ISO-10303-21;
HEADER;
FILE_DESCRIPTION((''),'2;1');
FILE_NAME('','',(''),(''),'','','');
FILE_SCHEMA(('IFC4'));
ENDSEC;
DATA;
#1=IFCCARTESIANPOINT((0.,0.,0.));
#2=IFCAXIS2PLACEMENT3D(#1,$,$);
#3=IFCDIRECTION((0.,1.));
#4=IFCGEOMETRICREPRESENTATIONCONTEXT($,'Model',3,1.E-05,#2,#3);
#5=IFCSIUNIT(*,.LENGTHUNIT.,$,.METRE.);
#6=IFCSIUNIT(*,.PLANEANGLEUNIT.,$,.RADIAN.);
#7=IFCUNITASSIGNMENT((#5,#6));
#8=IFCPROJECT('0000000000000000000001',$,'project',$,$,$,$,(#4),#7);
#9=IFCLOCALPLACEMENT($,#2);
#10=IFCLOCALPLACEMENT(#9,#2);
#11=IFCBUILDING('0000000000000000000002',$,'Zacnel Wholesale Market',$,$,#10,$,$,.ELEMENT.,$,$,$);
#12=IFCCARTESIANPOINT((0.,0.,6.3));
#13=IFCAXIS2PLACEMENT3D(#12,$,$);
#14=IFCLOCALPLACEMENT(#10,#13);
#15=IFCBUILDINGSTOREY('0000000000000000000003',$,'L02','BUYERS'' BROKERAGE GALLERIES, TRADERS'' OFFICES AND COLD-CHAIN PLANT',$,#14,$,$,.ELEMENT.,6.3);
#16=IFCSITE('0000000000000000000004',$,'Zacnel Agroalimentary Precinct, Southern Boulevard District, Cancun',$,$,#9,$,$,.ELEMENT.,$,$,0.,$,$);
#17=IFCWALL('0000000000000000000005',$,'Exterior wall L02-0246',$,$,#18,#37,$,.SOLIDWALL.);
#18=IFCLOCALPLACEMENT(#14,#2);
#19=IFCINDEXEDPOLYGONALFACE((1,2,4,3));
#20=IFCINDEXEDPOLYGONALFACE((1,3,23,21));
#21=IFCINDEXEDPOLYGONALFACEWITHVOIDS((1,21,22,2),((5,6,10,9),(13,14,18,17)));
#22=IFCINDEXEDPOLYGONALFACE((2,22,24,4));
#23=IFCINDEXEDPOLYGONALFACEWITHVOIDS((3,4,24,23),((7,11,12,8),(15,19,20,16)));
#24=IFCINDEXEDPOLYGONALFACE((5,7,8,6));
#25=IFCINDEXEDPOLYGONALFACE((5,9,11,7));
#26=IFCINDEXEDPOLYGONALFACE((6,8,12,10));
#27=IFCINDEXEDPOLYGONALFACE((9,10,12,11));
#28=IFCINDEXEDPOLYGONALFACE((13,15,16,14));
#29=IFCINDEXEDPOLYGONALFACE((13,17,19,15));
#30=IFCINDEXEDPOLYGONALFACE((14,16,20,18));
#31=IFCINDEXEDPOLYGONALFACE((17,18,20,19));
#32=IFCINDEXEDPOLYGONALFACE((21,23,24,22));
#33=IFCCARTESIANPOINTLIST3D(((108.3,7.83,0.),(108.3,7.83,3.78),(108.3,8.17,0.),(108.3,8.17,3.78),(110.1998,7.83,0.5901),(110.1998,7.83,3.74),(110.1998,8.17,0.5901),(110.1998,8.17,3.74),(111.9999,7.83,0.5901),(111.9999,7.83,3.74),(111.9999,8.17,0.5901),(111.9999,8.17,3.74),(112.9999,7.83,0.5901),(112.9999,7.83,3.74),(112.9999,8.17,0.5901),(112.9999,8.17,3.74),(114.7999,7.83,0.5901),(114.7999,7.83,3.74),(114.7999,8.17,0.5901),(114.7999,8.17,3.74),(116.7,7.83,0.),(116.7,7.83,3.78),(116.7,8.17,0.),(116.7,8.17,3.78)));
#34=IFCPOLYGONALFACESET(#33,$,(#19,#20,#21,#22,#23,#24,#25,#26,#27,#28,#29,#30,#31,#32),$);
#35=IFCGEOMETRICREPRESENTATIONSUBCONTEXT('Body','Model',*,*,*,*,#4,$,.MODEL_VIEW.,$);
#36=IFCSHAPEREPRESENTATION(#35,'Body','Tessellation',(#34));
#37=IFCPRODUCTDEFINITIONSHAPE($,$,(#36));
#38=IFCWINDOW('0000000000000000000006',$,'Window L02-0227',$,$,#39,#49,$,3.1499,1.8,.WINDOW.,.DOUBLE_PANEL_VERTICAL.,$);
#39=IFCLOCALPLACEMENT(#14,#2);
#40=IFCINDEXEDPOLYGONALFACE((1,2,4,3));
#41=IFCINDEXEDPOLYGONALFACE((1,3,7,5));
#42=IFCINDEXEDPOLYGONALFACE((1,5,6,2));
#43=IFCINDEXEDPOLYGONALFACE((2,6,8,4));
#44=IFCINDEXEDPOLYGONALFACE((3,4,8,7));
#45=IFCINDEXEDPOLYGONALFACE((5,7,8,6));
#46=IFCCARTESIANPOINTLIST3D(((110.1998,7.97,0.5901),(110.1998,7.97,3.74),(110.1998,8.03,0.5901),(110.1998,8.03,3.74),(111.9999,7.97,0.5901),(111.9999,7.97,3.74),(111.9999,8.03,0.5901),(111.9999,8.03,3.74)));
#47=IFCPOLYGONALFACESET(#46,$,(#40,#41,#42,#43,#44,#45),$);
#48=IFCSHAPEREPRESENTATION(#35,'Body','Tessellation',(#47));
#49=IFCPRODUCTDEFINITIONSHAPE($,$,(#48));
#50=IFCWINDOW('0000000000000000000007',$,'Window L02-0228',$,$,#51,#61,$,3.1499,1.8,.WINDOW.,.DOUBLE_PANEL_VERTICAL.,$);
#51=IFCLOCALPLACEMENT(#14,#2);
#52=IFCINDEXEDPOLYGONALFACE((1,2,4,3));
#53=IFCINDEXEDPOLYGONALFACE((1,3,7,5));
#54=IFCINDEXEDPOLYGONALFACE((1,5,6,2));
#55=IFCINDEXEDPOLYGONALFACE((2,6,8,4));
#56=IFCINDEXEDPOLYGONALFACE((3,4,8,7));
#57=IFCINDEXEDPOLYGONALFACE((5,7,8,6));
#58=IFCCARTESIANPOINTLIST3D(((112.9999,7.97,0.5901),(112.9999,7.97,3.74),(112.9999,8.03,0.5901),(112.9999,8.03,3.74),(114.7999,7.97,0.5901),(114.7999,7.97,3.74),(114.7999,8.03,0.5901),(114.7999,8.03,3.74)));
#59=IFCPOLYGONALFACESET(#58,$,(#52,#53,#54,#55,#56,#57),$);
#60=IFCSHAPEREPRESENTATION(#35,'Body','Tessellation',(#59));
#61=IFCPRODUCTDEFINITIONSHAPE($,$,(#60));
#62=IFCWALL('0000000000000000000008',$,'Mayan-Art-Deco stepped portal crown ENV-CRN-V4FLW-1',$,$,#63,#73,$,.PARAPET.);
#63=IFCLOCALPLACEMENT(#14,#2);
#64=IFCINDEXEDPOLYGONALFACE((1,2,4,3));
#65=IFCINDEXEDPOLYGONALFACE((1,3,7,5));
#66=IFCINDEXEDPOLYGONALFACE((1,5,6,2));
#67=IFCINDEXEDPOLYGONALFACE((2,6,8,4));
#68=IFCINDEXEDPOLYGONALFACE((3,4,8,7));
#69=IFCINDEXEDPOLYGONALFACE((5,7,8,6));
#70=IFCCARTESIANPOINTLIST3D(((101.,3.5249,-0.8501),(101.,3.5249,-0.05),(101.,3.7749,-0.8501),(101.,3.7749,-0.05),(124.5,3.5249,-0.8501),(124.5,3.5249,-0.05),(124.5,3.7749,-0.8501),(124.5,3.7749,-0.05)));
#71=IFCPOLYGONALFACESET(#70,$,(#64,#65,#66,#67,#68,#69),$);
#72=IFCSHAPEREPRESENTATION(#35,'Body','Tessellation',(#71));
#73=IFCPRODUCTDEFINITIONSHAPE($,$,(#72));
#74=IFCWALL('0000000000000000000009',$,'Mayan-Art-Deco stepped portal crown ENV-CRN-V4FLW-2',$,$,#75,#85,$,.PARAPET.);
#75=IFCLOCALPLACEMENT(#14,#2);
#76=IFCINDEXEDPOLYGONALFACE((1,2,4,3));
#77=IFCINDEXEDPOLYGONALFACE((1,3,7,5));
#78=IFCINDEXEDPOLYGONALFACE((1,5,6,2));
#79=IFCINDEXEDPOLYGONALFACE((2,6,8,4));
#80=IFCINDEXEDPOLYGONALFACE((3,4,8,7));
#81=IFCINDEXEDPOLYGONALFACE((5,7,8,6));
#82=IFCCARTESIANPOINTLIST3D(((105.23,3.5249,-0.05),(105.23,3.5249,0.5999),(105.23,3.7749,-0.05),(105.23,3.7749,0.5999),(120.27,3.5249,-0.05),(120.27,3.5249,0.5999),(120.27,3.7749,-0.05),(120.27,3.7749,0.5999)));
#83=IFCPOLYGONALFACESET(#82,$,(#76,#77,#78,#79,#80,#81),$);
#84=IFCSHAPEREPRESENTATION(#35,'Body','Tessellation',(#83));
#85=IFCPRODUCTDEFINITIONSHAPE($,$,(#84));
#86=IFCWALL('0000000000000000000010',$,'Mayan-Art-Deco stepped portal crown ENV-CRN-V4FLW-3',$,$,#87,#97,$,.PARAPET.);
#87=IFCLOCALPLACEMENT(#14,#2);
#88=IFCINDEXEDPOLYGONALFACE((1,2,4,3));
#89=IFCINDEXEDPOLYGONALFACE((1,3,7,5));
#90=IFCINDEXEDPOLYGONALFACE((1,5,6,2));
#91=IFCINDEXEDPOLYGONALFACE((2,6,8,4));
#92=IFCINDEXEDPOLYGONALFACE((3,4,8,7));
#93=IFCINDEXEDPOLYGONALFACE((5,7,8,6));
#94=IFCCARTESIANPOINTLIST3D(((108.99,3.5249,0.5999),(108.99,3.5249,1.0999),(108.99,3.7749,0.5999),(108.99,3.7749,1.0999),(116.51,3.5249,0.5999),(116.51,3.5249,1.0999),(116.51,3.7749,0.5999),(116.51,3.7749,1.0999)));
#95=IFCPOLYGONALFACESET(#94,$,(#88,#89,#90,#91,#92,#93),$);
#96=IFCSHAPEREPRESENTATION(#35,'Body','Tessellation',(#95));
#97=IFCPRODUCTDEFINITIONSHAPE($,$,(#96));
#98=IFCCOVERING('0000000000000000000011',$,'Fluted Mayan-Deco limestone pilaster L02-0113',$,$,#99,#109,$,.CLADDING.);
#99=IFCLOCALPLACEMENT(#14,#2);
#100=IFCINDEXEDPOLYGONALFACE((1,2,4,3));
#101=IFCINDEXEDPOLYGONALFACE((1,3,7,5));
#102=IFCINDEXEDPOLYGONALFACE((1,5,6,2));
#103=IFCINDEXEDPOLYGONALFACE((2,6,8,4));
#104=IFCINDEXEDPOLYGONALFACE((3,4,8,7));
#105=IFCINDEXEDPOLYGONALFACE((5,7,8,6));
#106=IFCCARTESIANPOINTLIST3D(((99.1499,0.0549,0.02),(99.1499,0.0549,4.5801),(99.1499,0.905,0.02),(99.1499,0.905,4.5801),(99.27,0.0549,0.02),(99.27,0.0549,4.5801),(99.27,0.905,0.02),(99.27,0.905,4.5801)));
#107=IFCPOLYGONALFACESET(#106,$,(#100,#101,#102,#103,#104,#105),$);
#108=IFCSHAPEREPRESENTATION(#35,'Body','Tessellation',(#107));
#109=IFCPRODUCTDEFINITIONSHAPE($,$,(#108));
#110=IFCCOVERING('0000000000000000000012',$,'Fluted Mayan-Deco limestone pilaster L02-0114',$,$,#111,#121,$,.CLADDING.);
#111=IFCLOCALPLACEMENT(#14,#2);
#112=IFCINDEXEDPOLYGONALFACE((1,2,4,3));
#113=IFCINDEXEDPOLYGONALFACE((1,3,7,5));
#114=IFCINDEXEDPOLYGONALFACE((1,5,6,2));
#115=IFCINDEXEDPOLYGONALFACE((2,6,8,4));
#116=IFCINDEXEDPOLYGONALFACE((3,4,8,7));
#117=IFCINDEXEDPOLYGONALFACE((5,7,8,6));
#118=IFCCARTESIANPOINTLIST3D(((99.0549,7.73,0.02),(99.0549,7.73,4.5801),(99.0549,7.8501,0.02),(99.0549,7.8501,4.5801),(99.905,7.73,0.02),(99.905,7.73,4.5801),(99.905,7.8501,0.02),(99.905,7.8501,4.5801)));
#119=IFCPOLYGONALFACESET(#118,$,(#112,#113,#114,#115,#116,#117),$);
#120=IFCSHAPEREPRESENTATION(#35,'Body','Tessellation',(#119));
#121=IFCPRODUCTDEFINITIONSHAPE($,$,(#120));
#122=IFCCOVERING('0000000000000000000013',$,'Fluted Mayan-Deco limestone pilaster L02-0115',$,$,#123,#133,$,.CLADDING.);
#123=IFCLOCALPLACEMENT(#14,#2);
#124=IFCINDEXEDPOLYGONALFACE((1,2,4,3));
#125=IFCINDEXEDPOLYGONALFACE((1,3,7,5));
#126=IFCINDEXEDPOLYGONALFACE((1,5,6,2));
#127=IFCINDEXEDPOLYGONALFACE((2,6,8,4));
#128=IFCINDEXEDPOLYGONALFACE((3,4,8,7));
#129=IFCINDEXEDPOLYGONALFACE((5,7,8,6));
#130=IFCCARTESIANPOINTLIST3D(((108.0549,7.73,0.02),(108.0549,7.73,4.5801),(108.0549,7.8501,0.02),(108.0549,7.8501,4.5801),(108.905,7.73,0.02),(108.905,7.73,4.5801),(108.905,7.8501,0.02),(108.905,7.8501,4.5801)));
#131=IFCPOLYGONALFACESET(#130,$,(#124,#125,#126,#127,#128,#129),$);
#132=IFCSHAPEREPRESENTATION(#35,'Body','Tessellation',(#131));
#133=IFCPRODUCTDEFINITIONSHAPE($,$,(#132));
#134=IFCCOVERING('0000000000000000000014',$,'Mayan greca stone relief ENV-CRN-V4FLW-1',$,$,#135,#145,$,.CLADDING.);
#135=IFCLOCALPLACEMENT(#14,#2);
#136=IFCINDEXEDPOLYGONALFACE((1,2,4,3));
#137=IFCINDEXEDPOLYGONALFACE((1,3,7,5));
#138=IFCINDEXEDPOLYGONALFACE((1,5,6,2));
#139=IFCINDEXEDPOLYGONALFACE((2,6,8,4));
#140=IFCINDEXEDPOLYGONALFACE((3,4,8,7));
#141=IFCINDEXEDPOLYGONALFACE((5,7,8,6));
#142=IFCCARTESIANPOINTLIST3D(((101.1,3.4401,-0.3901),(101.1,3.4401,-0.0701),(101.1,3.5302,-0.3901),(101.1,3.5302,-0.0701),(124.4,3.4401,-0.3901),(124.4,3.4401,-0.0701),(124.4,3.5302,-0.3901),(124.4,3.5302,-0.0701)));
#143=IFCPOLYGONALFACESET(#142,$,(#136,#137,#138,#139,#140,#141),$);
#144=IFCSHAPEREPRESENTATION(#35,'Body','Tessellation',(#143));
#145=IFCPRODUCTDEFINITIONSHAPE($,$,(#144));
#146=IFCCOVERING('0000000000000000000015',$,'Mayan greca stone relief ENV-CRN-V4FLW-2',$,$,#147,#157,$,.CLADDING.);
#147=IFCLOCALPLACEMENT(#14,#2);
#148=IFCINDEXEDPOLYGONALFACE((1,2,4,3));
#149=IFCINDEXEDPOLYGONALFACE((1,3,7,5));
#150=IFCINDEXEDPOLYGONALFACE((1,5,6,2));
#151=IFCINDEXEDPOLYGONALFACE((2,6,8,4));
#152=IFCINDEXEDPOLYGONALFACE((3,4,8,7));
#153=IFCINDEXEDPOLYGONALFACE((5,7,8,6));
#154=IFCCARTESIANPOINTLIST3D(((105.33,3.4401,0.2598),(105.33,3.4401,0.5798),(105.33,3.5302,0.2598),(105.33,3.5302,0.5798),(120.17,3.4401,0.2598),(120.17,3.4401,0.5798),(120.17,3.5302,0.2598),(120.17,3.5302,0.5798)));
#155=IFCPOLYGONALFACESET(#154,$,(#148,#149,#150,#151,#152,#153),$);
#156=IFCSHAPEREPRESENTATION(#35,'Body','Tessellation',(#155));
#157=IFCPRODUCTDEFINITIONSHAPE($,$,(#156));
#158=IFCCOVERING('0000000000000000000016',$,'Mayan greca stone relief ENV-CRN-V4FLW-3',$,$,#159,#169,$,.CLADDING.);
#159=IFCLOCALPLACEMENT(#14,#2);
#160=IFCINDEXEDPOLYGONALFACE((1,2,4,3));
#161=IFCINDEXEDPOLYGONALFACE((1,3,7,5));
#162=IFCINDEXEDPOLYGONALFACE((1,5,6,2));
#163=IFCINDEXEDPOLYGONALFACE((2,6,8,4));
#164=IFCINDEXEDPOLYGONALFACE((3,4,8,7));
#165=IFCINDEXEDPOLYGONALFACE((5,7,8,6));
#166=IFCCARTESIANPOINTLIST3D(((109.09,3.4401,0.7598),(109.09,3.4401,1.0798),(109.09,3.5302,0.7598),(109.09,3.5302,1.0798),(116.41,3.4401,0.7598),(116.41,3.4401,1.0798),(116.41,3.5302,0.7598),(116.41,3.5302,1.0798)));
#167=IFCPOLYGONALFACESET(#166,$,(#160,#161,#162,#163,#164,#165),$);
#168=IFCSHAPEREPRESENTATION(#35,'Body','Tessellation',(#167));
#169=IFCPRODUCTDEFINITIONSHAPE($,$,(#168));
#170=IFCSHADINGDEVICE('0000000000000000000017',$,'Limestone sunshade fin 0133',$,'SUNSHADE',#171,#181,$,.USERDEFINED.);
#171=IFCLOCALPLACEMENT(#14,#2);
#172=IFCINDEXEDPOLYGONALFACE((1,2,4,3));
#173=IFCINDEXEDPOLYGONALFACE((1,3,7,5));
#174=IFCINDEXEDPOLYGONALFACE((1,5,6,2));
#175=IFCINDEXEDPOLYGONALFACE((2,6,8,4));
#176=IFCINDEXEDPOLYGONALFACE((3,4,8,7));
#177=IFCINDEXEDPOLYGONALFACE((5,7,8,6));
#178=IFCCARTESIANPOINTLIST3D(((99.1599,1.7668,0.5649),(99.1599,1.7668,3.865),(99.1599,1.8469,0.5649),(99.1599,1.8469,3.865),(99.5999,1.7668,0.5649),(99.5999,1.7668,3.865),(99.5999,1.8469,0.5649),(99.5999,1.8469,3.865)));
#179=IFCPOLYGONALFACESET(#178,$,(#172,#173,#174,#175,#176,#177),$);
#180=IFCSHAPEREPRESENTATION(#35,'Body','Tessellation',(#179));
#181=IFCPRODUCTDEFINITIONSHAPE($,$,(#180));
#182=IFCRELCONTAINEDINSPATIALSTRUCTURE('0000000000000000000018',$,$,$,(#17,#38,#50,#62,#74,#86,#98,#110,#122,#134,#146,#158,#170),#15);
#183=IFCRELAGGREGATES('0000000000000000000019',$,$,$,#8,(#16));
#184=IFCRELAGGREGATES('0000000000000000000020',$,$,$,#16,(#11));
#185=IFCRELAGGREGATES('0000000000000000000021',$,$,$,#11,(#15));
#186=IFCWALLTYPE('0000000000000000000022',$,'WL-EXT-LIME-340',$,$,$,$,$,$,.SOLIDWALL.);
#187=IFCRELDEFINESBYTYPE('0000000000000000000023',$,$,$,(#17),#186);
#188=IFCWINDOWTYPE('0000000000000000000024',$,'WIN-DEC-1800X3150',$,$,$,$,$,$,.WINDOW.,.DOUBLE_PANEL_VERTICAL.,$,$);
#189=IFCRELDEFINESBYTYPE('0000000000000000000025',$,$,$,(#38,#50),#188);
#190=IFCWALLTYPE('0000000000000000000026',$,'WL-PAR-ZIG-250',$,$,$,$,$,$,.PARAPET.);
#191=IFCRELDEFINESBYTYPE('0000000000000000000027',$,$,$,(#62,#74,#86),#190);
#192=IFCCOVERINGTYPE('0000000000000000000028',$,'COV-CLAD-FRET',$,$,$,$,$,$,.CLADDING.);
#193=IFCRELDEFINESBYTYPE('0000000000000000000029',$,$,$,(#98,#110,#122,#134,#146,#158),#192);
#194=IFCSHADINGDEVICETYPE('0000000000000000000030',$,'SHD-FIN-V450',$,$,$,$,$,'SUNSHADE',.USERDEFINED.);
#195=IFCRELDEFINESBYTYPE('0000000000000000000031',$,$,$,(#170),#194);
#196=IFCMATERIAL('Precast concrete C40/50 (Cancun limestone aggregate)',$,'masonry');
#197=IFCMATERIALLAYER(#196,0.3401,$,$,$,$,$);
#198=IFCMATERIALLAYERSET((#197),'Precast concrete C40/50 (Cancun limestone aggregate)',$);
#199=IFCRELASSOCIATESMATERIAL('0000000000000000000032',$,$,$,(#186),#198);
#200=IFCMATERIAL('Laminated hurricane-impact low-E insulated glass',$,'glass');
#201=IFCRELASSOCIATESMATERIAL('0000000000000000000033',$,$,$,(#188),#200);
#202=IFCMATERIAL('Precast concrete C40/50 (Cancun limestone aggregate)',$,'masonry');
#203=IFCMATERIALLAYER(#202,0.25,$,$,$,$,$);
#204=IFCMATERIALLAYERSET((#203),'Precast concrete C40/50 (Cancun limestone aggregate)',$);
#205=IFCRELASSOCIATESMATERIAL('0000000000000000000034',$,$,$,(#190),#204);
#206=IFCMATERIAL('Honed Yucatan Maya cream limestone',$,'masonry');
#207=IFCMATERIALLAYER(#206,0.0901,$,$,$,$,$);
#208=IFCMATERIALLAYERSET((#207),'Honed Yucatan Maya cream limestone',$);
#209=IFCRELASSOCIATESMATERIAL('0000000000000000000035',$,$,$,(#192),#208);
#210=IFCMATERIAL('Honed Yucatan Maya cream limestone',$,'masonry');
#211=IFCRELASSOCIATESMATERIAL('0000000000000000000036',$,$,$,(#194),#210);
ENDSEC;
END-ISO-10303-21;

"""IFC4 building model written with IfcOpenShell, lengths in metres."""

from ifc_helpers import new_model, si_unit, direction, frame, frame_2d, origin, origin_2d, place, context, subcontext, project, spatial, rectangle, extrude, material, layer, layer_set, type_object, element, fill, save


model = new_model("IFC4")

# Units and contexts
model_context = context("Model", 3, precision=1e-05, world=origin(), true_north=direction((0.0, 1.0)))
body_context = subcontext(model_context, "Body", "Model", "MODEL_VIEW")
ifc_project = project(units=[si_unit("LENGTHUNIT", "METRE"), si_unit("PLANEANGLEUNIT", "RADIAN")], contexts=[model_context])

# Site, building, storey
site_placement = place(None, origin())
site = spatial("IfcSite", under=ifc_project, at=site_placement, Name="Zacnel Agroalimentary Precinct, Southern Boulevard District, Cancun", CompositionType="ELEMENT", RefElevation=0.0)
building_placement = place(site_placement, origin())
building = spatial("IfcBuilding", under=site, at=building_placement, Name="Zacnel Wholesale Market", CompositionType="ELEMENT")
storey_placement = place(building_placement, frame((0.0, 0.0, 6.3)))
storey = spatial("IfcBuildingStorey", under=building, at=storey_placement, Name="L02", Description="BUYERS' BROKERAGE GALLERIES, TRADERS' OFFICES AND COLD-CHAIN PLANT", CompositionType="ELEMENT", Elevation=6.3)

# Wall, openings, windows
ifc_material_1 = material(Name="Precast concrete C40/50 (Cancun limestone aggregate)", Category="masonry")
ifc_layer_1 = layer(ifc_material_1, 0.3401)
ifc_layer_set_1 = layer_set([ifc_layer_1], Name="Precast concrete C40/50 (Cancun limestone aggregate)")
wall_type_1 = type_object("IfcWallType", Name="WL-EXT-LIME-340", PredefinedType="SOLIDWALL", material=ifc_layer_set_1)
ifc_material_2 = material(Name="Laminated hurricane-impact low-E insulated glass", Category="glass")
window_type = type_object("IfcWindowType", Name="WIN-DEC-1800X3150", PartitioningType="DOUBLE_PANEL_VERTICAL", PredefinedType="WINDOW", material=ifc_material_2)
wall_1_placement = place(storey_placement, frame((108.3, 8.0, 0.0), z_axis=(0.0, 0.0, 1.0), x_axis=(1.0, 0.0, 0.0)))
wall_1 = element("IfcWall", 1, at=wall_1_placement, inside=storey, type_object=wall_type_1, Name="Exterior wall L02-0246", PredefinedType="SOLIDWALL", context=body_context, shape_type="SweptSolid", body=[
    extrude(rectangle(XDim=8.3999, YDim=0.3401, at=frame_2d((4.2, 0.0))), origin(), (0.0, 0.0, 1.0), 3.78),
])
opening_1_placement = place(wall_1_placement, frame((1.8999, 0.0, 0.5901)))
opening_1 = element("IfcOpeningElement", 2, at=opening_1_placement, cuts=wall_1, PredefinedType="OPENING", context=body_context, shape_type="SweptSolid", body=[
    extrude(rectangle(XDim=1.8, YDim=3.1499, at=frame_2d((0.8999, 1.575))), frame((0.0, 0.1799, 0.0), z_axis=(0.0, -1.0, 0.0), x_axis=(1.0, 0.0, 0.0)), (0.0, 0.0, 1.0), 0.3601),
])
opening_2_placement = place(wall_1_placement, frame((4.7, 0.0, 0.5901)))
opening_2 = element("IfcOpeningElement", 3, at=opening_2_placement, cuts=wall_1, PredefinedType="OPENING", context=body_context, shape_type="SweptSolid", body=[
    extrude(rectangle(XDim=1.8, YDim=3.1499, at=frame_2d((0.8999, 1.575))), frame((0.0, 0.1799, 0.0), z_axis=(0.0, -1.0, 0.0), x_axis=(1.0, 0.0, 0.0)), (0.0, 0.0, 1.0), 0.3601),
])
window_1_placement = place(opening_1_placement, origin())
window_1 = element("IfcWindow", 4, at=window_1_placement, inside=storey, type_object=window_type, Name="Window L02-0227", OverallHeight=3.1499, OverallWidth=1.8, PartitioningType="DOUBLE_PANEL_VERTICAL", PredefinedType="WINDOW", context=body_context, shape_type="SweptSolid", body=[
    extrude(rectangle(XDim=1.8, YDim=3.1499, at=frame_2d((0.8999, 1.575))), frame((0.0, 0.03, 0.0), z_axis=(0.0, -1.0, 0.0), x_axis=(1.0, 0.0, 0.0)), (0.0, 0.0, 1.0), 0.0601),
])
fill(opening_1, window_1)
window_2_placement = place(opening_2_placement, origin())
window_2 = element("IfcWindow", 5, at=window_2_placement, inside=storey, type_object=window_type, Name="Window L02-0228", OverallHeight=3.1499, OverallWidth=1.8, PartitioningType="DOUBLE_PANEL_VERTICAL", PredefinedType="WINDOW", context=body_context, shape_type="SweptSolid", body=[
    extrude(rectangle(XDim=1.8, YDim=3.1499, at=frame_2d((0.8999, 1.575))), frame((0.0, 0.03, 0.0), z_axis=(0.0, -1.0, 0.0), x_axis=(1.0, 0.0, 0.0)), (0.0, 0.0, 1.0), 0.0601),
])
fill(opening_2, window_2)

# Walls
ifc_material_3 = material(Name="Precast concrete C40/50 (Cancun limestone aggregate)", Category="masonry")
ifc_layer_2 = layer(ifc_material_3, 0.25)
ifc_layer_set_2 = layer_set([ifc_layer_2], Name="Precast concrete C40/50 (Cancun limestone aggregate)")
wall_type_2 = type_object("IfcWallType", Name="WL-PAR-ZIG-250", PredefinedType="PARAPET", material=ifc_layer_set_2)
wall_2_placement = place(storey_placement, frame((101.0, 3.6499, -0.8501), z_axis=(0.0, 0.0, 1.0), x_axis=(1.0, 0.0, 0.0)))
element("IfcWall", 6, at=wall_2_placement, inside=storey, type_object=wall_type_2, Name="Mayan-Art-Deco stepped portal crown ENV-CRN-V4FLW-1", PredefinedType="PARAPET", context=body_context, shape_type="SweptSolid", body=[
    extrude(rectangle(XDim=23.5, YDim=0.25, at=frame_2d((11.75, 0.0))), origin(), (0.0, 0.0, 1.0), 0.8),
])
wall_3_placement = place(storey_placement, frame((105.23, 3.6499, -0.05), z_axis=(0.0, 0.0, 1.0), x_axis=(1.0, 0.0, 0.0)))
element("IfcWall", 7, at=wall_3_placement, inside=storey, type_object=wall_type_2, Name="Mayan-Art-Deco stepped portal crown ENV-CRN-V4FLW-2", PredefinedType="PARAPET", context=body_context, shape_type="SweptSolid", body=[
    extrude(rectangle(XDim=15.04, YDim=0.25, at=frame_2d((7.52, 0.0))), origin(), (0.0, 0.0, 1.0), 0.6499),
])
wall_4_placement = place(storey_placement, frame((108.99, 3.6499, 0.5999), z_axis=(0.0, 0.0, 1.0), x_axis=(1.0, 0.0, 0.0)))
element("IfcWall", 8, at=wall_4_placement, inside=storey, type_object=wall_type_2, Name="Mayan-Art-Deco stepped portal crown ENV-CRN-V4FLW-3", PredefinedType="PARAPET", context=body_context, shape_type="SweptSolid", body=[
    extrude(rectangle(XDim=7.52, YDim=0.25, at=frame_2d((3.76, 0.0))), origin(), (0.0, 0.0, 1.0), 0.5),
])

# Coverings
ifc_material_4 = material(Name="Honed Yucatan Maya cream limestone", Category="masonry")
ifc_layer_3 = layer(ifc_material_4, 0.0901)
ifc_layer_set_3 = layer_set([ifc_layer_3], Name="Honed Yucatan Maya cream limestone")
covering_type = type_object("IfcCoveringType", Name="COV-CLAD-FRET", PredefinedType="CLADDING", material=ifc_layer_set_3)
for number, where, z_axis, x_axis, name in (
    (9, (99.21, 0.48, 0.02), (0.0, 0.0, 1.0), (0.0, 1.0, 0.0), "Fluted Mayan-Deco limestone pilaster L02-0113"),
    (10, (99.48, 7.79, 0.02), (0.0, 0.0, 1.0), (1.0, 0.0, 0.0), "Fluted Mayan-Deco limestone pilaster L02-0114"),
    (11, (108.48, 7.79, 0.02), (0.0, 0.0, 1.0), (1.0, 0.0, 0.0), "Fluted Mayan-Deco limestone pilaster L02-0115"),
):
    element("IfcCovering", number, at=place(storey_placement, frame(where, z_axis=z_axis, x_axis=x_axis)), inside=storey, type_object=covering_type, Name=name, PredefinedType="CLADDING", context=body_context, shape_type="SweptSolid", body=[
        extrude(rectangle(XDim=0.8501, YDim=0.1201, at=origin_2d()), origin(), (0.0, 0.0, 1.0), 4.5601),
    ])
covering_1_placement = place(storey_placement, frame((112.75, 3.4851, -0.3901), z_axis=(0.0, 0.0, 1.0), x_axis=(1.0, 0.0, 0.0)))
element("IfcCovering", 12, at=covering_1_placement, inside=storey, type_object=covering_type, Name="Mayan greca stone relief ENV-CRN-V4FLW-1", PredefinedType="CLADDING", context=body_context, shape_type="SweptSolid", body=[
    extrude(rectangle(XDim=23.3, YDim=0.0901, at=origin_2d()), origin(), (0.0, 0.0, 1.0), 0.3201),
])
covering_2_placement = place(storey_placement, frame((112.75, 3.4851, 0.2598), z_axis=(0.0, 0.0, 1.0), x_axis=(1.0, 0.0, 0.0)))
element("IfcCovering", 13, at=covering_2_placement, inside=storey, type_object=covering_type, Name="Mayan greca stone relief ENV-CRN-V4FLW-2", PredefinedType="CLADDING", context=body_context, shape_type="SweptSolid", body=[
    extrude(rectangle(XDim=14.8401, YDim=0.0901, at=origin_2d()), origin(), (0.0, 0.0, 1.0), 0.3201),
])
covering_3_placement = place(storey_placement, frame((112.75, 3.4851, 0.7598), z_axis=(0.0, 0.0, 1.0), x_axis=(1.0, 0.0, 0.0)))
element("IfcCovering", 14, at=covering_3_placement, inside=storey, type_object=covering_type, Name="Mayan greca stone relief ENV-CRN-V4FLW-3", PredefinedType="CLADDING", context=body_context, shape_type="SweptSolid", body=[
    extrude(rectangle(XDim=7.3201, YDim=0.0901, at=origin_2d()), origin(), (0.0, 0.0, 1.0), 0.3201),
])

# Shading device
ifc_material_5 = material(Name="Honed Yucatan Maya cream limestone", Category="masonry")
shading_device_type = type_object("IfcShadingDeviceType", Name="SHD-FIN-V450", ElementType="SUNSHADE", PredefinedType="USERDEFINED", material=ifc_material_5)
for number, where, z_axis, x_axis, name in (
    (15, (99.3799, 1.8069, 0.5649), (0.0, 0.0, 1.0), (0.0, 1.0, 0.0), "Limestone sunshade fin 0133"),
):
    element("IfcShadingDevice", number, at=place(storey_placement, frame(where, z_axis=z_axis, x_axis=x_axis)), inside=storey, type_object=shading_device_type, Name=name, ObjectType="SUNSHADE", PredefinedType="USERDEFINED", context=body_context, shape_type="SweptSolid", body=[
        extrude(rectangle(XDim=0.0801, YDim=0.4399, at=origin_2d()), origin(), (0.0, 0.0, 1.0), 3.3),
    ])

save(model, "model.ifc")
